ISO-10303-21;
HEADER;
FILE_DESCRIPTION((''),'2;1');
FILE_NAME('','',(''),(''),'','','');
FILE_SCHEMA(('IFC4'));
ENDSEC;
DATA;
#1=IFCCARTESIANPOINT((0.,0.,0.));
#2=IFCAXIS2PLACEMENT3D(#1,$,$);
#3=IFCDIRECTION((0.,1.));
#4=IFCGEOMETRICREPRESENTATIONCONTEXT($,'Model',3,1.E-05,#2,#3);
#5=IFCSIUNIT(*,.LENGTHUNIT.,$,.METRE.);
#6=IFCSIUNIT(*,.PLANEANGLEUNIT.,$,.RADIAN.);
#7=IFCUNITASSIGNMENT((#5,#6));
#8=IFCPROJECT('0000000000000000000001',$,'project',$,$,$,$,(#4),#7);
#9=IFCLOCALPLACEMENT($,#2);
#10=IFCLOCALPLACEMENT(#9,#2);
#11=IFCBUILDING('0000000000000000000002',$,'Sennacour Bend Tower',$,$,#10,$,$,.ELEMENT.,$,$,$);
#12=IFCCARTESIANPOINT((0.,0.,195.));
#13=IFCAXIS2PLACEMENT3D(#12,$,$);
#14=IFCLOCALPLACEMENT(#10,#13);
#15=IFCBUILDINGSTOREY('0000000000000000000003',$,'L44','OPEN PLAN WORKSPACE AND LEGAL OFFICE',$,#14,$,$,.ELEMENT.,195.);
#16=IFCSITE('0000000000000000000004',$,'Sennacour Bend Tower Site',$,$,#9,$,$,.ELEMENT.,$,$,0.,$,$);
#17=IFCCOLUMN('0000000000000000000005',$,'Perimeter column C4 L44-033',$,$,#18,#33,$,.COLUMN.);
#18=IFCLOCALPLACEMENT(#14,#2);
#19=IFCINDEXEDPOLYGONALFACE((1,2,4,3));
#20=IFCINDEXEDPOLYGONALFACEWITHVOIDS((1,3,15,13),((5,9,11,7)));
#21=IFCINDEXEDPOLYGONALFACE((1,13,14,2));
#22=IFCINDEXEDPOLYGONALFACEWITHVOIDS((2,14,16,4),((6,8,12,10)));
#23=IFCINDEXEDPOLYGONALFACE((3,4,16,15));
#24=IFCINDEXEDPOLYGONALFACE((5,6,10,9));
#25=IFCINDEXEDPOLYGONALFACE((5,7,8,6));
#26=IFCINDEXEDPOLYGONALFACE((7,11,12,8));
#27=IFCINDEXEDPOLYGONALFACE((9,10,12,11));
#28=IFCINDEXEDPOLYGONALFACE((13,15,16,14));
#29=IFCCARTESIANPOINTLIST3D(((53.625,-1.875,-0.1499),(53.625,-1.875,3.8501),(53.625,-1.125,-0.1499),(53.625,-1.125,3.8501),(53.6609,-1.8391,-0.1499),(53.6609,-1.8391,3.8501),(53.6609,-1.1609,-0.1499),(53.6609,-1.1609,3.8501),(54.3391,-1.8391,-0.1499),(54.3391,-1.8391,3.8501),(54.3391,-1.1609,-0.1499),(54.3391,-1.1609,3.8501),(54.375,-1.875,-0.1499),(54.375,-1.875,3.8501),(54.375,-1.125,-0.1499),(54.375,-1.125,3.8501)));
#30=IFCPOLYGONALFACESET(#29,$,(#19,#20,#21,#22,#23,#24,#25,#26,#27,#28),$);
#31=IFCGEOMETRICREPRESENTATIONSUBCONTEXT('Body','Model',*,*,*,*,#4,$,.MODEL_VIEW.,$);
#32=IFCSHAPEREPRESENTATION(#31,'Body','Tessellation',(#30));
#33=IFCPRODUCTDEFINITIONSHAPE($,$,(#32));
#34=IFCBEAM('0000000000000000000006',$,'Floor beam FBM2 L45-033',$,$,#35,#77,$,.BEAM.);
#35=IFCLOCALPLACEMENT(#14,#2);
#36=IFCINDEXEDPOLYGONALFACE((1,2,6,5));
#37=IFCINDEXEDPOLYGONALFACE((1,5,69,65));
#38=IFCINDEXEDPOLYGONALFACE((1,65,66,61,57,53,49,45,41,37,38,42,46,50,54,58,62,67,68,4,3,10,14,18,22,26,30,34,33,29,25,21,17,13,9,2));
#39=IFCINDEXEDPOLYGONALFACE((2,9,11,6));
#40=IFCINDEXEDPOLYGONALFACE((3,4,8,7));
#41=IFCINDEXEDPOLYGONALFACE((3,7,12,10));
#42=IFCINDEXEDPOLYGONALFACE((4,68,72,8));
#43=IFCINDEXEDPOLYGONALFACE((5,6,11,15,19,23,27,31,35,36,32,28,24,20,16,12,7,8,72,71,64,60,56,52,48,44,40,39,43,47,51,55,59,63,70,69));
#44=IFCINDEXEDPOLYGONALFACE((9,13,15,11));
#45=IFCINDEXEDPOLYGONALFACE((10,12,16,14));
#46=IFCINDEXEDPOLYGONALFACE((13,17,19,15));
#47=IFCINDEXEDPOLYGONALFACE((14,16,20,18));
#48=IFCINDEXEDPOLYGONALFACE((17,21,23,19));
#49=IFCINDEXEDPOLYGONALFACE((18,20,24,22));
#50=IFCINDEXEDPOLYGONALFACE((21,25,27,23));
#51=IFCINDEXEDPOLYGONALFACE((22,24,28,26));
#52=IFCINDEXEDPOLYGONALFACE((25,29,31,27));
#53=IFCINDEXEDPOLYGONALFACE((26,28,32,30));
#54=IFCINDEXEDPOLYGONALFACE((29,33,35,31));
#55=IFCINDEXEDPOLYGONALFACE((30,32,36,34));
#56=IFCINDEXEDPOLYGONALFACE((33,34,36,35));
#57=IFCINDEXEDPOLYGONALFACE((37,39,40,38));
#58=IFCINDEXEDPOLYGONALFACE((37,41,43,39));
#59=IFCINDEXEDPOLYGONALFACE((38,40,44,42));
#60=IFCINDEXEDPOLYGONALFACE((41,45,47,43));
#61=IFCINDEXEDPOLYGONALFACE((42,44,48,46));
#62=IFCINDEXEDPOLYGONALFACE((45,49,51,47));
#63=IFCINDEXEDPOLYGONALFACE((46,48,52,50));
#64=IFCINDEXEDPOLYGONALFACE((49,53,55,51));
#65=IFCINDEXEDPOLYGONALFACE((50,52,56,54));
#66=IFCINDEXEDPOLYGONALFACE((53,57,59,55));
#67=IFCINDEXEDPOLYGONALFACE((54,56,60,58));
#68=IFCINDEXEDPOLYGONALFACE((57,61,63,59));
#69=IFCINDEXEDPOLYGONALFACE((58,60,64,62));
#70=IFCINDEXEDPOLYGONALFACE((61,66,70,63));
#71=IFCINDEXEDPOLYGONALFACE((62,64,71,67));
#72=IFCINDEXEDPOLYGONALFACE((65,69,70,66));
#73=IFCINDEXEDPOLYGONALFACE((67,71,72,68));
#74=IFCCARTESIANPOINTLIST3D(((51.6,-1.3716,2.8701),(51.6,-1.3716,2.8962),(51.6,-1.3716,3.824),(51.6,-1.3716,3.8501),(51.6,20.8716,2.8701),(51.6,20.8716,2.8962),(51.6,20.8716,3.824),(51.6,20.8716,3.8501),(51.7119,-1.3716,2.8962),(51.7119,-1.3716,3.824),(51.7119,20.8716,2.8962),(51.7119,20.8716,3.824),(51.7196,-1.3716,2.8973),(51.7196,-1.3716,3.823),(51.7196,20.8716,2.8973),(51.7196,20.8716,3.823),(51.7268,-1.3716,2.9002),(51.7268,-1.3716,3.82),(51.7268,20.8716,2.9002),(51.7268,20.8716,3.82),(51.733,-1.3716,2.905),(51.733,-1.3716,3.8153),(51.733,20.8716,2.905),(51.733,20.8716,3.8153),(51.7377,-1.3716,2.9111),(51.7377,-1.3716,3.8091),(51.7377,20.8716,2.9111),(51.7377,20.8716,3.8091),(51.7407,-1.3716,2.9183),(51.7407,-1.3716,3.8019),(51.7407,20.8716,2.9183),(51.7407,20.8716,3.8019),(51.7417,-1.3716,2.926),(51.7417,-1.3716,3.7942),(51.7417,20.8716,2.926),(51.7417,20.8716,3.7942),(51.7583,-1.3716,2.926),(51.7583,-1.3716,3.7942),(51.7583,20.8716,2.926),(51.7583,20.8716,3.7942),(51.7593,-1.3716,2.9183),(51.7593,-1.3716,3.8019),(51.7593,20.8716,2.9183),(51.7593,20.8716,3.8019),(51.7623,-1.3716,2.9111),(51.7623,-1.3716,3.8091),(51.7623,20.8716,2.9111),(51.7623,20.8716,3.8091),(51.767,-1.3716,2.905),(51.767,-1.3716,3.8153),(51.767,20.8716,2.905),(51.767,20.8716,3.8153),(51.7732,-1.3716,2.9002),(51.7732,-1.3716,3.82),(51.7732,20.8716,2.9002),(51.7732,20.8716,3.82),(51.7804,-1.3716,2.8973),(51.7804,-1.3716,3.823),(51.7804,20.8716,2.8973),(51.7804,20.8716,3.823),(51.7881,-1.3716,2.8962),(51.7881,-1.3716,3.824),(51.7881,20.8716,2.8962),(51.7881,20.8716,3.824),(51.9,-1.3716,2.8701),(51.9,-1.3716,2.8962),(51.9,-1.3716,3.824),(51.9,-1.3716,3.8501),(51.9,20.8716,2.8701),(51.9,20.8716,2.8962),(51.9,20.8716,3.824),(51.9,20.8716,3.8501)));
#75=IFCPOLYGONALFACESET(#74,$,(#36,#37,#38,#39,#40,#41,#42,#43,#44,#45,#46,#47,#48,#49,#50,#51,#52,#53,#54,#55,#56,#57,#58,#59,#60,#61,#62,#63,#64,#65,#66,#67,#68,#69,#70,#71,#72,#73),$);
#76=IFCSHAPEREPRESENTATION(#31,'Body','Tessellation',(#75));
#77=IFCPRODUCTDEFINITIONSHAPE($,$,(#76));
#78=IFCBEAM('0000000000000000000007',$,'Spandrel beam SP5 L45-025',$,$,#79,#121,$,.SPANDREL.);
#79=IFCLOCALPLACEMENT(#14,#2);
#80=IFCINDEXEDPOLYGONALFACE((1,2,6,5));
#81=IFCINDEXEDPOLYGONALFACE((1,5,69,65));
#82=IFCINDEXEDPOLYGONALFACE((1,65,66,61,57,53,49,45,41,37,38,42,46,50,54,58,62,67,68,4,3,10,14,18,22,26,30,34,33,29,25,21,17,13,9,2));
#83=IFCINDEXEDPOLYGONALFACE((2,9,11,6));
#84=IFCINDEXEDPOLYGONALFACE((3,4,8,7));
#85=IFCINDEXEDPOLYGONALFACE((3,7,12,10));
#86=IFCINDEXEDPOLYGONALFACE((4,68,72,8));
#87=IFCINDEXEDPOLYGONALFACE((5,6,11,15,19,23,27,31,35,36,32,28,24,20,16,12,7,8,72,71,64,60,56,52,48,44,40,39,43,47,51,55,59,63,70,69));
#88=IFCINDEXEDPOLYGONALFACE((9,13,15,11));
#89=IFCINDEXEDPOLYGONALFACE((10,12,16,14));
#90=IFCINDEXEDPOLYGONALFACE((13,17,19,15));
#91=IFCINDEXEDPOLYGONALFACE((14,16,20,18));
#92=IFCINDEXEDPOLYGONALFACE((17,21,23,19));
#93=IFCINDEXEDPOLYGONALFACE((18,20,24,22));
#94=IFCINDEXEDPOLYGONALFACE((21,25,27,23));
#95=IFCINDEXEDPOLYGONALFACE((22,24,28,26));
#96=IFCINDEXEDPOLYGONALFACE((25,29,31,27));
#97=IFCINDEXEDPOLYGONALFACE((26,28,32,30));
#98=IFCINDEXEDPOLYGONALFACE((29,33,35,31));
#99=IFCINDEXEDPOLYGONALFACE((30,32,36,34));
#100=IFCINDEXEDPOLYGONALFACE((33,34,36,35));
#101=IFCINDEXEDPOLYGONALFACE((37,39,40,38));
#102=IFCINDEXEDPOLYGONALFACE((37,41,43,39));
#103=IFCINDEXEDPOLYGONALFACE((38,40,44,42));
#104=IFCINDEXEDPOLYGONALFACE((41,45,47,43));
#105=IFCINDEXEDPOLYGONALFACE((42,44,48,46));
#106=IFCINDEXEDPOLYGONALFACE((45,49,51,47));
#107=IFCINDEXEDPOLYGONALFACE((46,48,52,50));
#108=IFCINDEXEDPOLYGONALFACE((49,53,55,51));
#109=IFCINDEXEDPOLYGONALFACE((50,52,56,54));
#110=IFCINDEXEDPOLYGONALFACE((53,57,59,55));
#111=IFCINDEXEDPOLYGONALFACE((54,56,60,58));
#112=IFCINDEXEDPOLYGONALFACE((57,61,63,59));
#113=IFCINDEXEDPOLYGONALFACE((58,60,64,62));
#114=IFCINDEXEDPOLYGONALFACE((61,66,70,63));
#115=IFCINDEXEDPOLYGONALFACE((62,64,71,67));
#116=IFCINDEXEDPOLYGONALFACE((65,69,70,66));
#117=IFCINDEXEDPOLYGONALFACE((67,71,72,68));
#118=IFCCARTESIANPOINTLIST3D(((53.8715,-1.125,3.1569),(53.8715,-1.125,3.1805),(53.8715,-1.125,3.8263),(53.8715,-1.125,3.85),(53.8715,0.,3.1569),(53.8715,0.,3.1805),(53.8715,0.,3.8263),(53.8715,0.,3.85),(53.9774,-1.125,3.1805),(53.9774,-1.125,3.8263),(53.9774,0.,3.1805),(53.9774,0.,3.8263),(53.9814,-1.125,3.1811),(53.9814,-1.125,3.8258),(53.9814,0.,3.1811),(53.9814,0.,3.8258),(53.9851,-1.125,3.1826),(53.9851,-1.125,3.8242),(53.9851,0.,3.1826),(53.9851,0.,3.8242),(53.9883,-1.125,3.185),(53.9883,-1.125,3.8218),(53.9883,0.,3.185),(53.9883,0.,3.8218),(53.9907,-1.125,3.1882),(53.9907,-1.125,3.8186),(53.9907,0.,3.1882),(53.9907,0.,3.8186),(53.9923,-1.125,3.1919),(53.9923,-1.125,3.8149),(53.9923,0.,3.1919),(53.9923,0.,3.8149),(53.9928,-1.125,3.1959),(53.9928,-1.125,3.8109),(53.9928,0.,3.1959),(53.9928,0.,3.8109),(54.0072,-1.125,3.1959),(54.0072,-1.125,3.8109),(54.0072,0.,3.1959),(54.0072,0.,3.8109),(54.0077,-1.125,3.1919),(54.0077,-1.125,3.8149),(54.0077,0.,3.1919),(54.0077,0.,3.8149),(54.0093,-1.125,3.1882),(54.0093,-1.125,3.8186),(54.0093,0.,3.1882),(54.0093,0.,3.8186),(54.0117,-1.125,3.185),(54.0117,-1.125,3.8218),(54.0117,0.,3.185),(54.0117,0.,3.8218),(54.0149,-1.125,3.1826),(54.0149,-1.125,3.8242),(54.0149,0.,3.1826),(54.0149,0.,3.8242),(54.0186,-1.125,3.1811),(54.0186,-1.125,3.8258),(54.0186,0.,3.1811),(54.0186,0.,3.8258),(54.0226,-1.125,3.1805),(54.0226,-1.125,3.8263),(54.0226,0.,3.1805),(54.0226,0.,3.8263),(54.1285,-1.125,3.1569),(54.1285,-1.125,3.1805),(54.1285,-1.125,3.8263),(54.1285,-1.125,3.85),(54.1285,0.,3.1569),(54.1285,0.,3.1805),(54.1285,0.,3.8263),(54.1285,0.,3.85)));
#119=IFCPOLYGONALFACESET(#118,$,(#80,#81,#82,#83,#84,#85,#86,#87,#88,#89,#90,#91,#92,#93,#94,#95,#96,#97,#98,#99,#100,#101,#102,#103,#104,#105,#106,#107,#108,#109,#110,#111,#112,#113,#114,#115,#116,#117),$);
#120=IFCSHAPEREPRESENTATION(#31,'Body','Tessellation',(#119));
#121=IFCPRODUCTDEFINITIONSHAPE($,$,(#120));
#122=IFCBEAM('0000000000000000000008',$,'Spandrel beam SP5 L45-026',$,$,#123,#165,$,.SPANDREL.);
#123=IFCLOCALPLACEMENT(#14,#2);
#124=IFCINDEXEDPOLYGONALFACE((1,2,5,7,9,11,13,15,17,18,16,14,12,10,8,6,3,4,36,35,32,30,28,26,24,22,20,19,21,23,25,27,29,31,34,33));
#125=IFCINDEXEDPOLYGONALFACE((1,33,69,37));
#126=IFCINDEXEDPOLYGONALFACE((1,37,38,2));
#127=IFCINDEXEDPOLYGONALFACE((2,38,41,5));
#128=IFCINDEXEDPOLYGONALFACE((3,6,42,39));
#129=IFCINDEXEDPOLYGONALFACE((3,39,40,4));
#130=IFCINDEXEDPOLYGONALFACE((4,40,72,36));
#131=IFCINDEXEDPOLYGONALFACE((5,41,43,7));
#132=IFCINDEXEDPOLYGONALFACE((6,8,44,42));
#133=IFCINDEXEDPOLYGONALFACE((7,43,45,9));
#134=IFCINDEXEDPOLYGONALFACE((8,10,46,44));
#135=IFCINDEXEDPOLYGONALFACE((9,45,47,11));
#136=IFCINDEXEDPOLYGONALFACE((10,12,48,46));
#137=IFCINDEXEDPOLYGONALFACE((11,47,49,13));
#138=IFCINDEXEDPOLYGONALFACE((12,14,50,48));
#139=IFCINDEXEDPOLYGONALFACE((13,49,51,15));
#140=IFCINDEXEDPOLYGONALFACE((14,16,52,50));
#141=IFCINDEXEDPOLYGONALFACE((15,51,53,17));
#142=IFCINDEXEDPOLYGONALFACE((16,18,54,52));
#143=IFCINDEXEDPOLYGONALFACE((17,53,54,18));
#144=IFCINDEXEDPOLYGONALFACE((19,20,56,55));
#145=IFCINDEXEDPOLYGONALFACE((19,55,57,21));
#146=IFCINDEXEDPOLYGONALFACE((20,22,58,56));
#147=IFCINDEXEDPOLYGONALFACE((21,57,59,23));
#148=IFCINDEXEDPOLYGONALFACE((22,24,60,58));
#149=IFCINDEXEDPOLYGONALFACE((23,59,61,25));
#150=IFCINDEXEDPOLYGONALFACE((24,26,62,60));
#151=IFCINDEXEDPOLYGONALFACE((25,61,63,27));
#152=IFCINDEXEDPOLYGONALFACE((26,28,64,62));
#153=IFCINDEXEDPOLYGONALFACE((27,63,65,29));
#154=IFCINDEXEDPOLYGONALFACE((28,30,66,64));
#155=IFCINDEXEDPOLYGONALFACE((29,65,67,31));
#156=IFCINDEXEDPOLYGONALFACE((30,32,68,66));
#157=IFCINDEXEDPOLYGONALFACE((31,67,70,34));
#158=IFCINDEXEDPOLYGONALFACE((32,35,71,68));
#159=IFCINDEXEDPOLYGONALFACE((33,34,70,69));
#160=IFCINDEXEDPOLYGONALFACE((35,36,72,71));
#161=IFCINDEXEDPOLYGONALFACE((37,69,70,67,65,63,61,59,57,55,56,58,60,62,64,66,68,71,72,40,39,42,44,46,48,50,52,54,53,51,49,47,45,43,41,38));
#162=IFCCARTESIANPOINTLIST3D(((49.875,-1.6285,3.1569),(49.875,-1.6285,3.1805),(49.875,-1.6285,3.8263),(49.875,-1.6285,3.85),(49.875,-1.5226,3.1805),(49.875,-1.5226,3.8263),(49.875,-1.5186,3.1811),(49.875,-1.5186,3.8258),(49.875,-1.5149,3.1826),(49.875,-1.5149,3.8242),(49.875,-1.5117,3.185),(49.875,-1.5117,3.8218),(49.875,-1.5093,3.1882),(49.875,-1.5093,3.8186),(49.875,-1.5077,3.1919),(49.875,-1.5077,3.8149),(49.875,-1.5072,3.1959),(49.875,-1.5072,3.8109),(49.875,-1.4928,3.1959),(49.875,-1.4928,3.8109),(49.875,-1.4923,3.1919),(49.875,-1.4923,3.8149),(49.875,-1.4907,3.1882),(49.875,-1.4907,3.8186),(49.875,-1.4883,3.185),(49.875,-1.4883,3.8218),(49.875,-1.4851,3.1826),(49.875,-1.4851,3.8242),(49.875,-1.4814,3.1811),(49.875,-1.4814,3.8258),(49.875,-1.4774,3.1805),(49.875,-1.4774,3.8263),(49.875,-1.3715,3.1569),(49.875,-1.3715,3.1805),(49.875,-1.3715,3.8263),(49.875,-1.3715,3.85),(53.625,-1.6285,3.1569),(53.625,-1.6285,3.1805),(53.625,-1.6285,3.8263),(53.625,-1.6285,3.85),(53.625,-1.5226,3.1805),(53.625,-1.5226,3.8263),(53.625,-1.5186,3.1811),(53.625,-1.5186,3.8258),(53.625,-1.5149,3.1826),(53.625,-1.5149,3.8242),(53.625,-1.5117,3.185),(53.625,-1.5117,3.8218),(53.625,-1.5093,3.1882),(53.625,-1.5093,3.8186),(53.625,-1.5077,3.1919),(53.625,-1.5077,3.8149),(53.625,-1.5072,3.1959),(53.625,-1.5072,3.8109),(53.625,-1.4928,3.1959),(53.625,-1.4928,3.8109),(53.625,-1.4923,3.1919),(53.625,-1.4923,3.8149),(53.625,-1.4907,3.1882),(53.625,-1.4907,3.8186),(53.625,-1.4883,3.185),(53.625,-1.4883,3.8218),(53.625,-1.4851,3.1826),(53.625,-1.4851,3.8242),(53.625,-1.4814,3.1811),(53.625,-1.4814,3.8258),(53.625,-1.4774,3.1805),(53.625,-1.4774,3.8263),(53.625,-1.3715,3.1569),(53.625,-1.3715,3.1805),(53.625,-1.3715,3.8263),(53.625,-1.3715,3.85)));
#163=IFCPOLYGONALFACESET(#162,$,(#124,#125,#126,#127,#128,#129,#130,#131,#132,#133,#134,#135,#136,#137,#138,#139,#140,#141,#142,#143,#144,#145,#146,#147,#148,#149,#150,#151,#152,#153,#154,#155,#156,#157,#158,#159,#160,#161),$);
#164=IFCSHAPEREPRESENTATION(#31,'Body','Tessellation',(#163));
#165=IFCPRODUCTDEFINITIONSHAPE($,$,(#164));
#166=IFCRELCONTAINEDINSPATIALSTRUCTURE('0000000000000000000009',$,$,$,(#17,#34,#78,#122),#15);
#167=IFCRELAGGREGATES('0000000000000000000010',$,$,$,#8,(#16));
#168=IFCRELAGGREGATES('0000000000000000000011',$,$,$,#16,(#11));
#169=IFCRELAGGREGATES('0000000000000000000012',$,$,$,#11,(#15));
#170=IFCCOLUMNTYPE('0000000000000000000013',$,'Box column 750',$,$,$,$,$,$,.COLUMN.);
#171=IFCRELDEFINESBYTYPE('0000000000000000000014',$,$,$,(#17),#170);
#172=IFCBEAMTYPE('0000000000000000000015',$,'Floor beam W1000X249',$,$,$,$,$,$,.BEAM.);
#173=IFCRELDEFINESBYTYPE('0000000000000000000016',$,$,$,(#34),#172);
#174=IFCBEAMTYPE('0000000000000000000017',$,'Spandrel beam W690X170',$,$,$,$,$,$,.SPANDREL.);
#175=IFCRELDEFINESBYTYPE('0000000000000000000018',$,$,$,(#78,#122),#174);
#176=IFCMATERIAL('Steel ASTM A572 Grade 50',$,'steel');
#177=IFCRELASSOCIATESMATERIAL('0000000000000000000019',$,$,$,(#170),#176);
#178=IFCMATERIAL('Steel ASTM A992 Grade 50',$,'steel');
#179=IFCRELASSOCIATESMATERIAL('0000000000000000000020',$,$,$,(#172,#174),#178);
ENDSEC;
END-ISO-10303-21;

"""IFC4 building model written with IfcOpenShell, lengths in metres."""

from ifc_helpers import new_model, si_unit, direction, frame, origin, origin_2d, place, context, subcontext, project, spatial, hollow_rectangle, i_section, extrude, material, material_profile, profile_set, type_object, element, save


model = new_model("IFC4")

# Units and contexts
model_context = context("Model", 3, precision=1e-05, world=origin(), true_north=direction((0.0, 1.0)))
body_context = subcontext(model_context, "Body", "Model", "MODEL_VIEW")
ifc_project = project(units=[si_unit("LENGTHUNIT", "METRE"), si_unit("PLANEANGLEUNIT", "RADIAN")], contexts=[model_context])

# Site, building, storey
site_placement = place(None, origin())
site = spatial("IfcSite", under=ifc_project, at=site_placement, Name="Sennacour Bend Tower Site", CompositionType="ELEMENT", RefElevation=0.0)
building_placement = place(site_placement, origin())
building = spatial("IfcBuilding", under=site, at=building_placement, Name="Sennacour Bend Tower", CompositionType="ELEMENT")
storey_placement = place(building_placement, frame((0.0, 0.0, 195.0)))
storey = spatial("IfcBuildingStorey", under=building, at=storey_placement, Name="L44", Description="OPEN PLAN WORKSPACE AND LEGAL OFFICE", CompositionType="ELEMENT", Elevation=195.0)

# Column
ifc_material_1 = material(Name="Steel ASTM A572 Grade 50", Category="steel")
ifc_material_profile_1 = material_profile(ifc_material_1, hollow_rectangle(XDim=0.75, YDim=0.75, WallThickness=0.0359, at=origin_2d()), Name="Steel ASTM A572 Grade 50", Category="steel")
ifc_profile_set_1 = profile_set([ifc_material_profile_1], Name="Steel ASTM A572 Grade 50")
column_type = type_object("IfcColumnType", Name="Box column 750", PredefinedType="COLUMN", material=ifc_profile_set_1)
column_placement = place(storey_placement, frame((54.0, -1.5, -0.1499), z_axis=(0.0, 0.0, 1.0), x_axis=(1.0, 0.0, 0.0)))
element("IfcColumn", 1, at=column_placement, inside=storey, type_object=column_type, Name="Perimeter column C4 L44-033", PredefinedType="COLUMN", context=body_context, shape_type="SweptSolid", body=[
    extrude(hollow_rectangle(XDim=0.75, YDim=0.75, WallThickness=0.0359, at=origin_2d()), origin(), (0.0, 0.0, 1.0), 4.0),
])

# Beams
ifc_material_2 = material(Name="Steel ASTM A992 Grade 50", Category="steel")
ifc_material_profile_2 = material_profile(ifc_material_2, i_section(OverallWidth=0.3, OverallDepth=0.98, WebThickness=0.0166, FlangeThickness=0.0261, FilletRadius=0.0298, at=origin_2d()), Name="Steel ASTM A992 Grade 50", Category="steel")
ifc_profile_set_2 = profile_set([ifc_material_profile_2], Name="Steel ASTM A992 Grade 50")
beam_type_1 = type_object("IfcBeamType", Name="Floor beam W1000X249", PredefinedType="BEAM", material=ifc_profile_set_2)
beam_1_placement = place(storey_placement, frame((51.75, -1.3716, 3.3601), z_axis=(0.0, 1.0, 0.0), x_axis=(-1.0, 0.0, 0.0)))
element("IfcBeam", 2, at=beam_1_placement, inside=storey, type_object=beam_type_1, Name="Floor beam FBM2 L45-033", PredefinedType="BEAM", context=body_context, shape_type="SweptSolid", body=[
    extrude(i_section(OverallWidth=0.3, OverallDepth=0.98, WebThickness=0.0166, FlangeThickness=0.0261, FilletRadius=0.0298, at=origin_2d()), origin(), (0.0, 0.0, 1.0), 22.2432),
])
ifc_material_profile_3 = material_profile(ifc_material_2, i_section(OverallWidth=0.2571, OverallDepth=0.6931, WebThickness=0.0144, FlangeThickness=0.0237, FilletRadius=0.0154, at=origin_2d()), Name="Steel ASTM A992 Grade 50", Category="steel")
ifc_profile_set_3 = profile_set([ifc_material_profile_3], Name="Steel ASTM A992 Grade 50")
beam_type_2 = type_object("IfcBeamType", Name="Spandrel beam W690X170", PredefinedType="SPANDREL", material=ifc_profile_set_3)
beam_2_placement = place(storey_placement, frame((54.0, 0.0, 3.5034), z_axis=(0.0, -1.0, 0.0), x_axis=(1.0, 0.0, 0.0)))
element("IfcBeam", 3, at=beam_2_placement, inside=storey, type_object=beam_type_2, Name="Spandrel beam SP5 L45-025", PredefinedType="SPANDREL", context=body_context, shape_type="SweptSolid", body=[
    extrude(i_section(OverallWidth=0.2571, OverallDepth=0.6931, WebThickness=0.0144, FlangeThickness=0.0237, FilletRadius=0.0154, at=origin_2d()), origin(), (0.0, 0.0, 1.0), 1.125),
])
beam_3_placement = place(storey_placement, frame((53.625, -1.5, 3.5034), z_axis=(-1.0, 0.0, 0.0), x_axis=(0.0, -1.0, 0.0)))
element("IfcBeam", 4, at=beam_3_placement, inside=storey, type_object=beam_type_2, Name="Spandrel beam SP5 L45-026", PredefinedType="SPANDREL", context=body_context, shape_type="SweptSolid", body=[
    extrude(i_section(OverallWidth=0.2571, OverallDepth=0.6931, WebThickness=0.0144, FlangeThickness=0.0237, FilletRadius=0.0154, at=origin_2d()), origin(), (0.0, 0.0, 1.0), 3.75),
])

save(model, "model.ifc")
